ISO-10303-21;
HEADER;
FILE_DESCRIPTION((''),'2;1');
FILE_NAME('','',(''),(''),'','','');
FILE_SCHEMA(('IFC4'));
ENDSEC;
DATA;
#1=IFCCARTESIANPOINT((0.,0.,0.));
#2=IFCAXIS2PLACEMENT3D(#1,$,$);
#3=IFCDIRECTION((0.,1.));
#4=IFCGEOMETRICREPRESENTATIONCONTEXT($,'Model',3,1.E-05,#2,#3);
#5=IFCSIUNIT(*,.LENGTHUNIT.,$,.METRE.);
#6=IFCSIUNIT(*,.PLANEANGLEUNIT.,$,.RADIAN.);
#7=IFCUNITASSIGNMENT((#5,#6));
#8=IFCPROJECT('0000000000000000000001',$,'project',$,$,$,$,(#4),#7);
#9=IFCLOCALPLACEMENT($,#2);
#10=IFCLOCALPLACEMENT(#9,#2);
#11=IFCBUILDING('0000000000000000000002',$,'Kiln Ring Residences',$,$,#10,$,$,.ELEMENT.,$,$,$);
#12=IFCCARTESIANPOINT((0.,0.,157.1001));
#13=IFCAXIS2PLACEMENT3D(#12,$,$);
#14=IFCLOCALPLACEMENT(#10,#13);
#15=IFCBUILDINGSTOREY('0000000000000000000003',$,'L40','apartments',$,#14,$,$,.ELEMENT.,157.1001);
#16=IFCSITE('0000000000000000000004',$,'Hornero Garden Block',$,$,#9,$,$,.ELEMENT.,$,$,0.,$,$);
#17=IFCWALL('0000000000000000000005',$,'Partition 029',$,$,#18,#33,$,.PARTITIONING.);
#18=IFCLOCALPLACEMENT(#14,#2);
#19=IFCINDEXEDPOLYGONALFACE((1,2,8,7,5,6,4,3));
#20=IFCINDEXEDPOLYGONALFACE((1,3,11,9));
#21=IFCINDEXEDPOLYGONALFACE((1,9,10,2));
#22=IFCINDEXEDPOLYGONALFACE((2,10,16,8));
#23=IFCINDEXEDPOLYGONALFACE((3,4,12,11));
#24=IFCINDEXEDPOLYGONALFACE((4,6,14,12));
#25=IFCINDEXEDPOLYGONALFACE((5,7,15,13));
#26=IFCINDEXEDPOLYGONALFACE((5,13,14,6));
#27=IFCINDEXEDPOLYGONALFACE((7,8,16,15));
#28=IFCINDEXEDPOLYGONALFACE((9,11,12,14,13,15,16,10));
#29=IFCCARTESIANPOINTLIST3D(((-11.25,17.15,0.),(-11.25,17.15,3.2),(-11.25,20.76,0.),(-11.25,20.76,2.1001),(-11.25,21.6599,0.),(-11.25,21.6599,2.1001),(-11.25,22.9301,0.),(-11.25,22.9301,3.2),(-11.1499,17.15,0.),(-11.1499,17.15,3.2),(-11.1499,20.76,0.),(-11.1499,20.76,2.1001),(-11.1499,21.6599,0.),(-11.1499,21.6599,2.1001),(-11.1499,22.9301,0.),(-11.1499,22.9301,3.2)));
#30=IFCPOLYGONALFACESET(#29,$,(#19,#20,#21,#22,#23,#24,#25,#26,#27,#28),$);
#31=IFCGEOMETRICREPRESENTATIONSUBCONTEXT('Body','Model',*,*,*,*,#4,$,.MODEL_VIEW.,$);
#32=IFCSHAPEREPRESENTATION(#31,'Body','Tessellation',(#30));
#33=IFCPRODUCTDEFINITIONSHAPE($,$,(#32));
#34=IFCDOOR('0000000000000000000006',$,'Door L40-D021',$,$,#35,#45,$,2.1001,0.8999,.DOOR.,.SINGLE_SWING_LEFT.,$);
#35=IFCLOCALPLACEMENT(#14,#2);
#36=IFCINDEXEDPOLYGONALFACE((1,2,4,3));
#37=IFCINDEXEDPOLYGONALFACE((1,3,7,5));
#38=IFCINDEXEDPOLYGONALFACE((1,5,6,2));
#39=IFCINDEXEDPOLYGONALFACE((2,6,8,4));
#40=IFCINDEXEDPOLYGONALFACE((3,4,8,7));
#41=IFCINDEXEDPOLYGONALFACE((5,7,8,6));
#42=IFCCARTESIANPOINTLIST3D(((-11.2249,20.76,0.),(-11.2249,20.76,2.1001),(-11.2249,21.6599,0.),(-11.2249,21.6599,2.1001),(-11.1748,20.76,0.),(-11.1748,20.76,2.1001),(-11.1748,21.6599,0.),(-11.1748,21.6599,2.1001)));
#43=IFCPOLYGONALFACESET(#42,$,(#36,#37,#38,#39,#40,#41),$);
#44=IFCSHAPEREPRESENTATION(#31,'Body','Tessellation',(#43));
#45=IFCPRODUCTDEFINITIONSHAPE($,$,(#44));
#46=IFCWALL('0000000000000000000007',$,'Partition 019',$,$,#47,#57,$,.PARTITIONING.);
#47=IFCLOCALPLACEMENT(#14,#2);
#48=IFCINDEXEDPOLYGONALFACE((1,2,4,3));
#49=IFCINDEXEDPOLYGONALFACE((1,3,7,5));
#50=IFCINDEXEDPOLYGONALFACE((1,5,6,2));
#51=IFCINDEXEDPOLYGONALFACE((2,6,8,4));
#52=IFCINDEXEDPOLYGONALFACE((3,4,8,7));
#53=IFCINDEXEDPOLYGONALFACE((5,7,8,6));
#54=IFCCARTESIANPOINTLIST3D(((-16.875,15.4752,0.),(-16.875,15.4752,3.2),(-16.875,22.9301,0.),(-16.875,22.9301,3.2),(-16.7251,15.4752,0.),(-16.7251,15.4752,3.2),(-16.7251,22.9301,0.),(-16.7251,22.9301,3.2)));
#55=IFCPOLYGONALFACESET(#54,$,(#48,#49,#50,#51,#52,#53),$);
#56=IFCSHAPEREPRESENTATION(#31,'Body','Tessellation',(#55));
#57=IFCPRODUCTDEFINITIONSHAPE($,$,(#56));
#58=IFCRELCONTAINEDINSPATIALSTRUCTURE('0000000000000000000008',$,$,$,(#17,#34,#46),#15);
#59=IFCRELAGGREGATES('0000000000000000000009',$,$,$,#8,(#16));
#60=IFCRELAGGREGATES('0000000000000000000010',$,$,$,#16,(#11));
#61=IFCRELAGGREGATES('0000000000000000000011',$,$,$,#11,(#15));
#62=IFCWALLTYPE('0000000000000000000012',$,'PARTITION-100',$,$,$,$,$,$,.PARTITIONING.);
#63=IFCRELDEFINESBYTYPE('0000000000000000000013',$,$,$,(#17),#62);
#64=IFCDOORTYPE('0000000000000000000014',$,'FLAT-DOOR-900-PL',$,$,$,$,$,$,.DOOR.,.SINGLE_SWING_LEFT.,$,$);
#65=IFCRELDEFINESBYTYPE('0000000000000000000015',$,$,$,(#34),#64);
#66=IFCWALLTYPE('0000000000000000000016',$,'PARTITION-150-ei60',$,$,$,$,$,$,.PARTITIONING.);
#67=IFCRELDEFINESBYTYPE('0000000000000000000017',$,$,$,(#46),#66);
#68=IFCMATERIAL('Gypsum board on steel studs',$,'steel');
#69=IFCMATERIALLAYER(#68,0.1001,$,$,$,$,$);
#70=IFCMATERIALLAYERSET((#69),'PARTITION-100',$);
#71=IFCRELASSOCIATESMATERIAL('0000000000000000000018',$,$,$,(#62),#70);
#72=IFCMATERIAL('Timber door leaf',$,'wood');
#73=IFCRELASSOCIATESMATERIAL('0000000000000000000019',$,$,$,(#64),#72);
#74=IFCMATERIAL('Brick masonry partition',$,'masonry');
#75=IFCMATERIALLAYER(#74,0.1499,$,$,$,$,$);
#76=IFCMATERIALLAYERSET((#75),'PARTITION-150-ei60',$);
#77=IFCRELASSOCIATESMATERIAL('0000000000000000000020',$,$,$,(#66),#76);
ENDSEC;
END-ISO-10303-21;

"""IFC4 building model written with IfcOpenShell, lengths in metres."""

from ifc_helpers import new_model, si_unit, direction, frame, frame_2d, origin, place, context, subcontext, project, spatial, rectangle, extrude, material, layer, layer_set, type_object, element, fill, save


model = new_model("IFC4")

# Units and contexts
model_context = context("Model", 3, precision=1e-05, world=origin(), true_north=direction((0.0, 1.0)))
body_context = subcontext(model_context, "Body", "Model", "MODEL_VIEW")
ifc_project = project(units=[si_unit("LENGTHUNIT", "METRE"), si_unit("PLANEANGLEUNIT", "RADIAN")], contexts=[model_context])

# Site, building, storey
site_placement = place(None, origin())
site = spatial("IfcSite", under=ifc_project, at=site_placement, Name="Hornero Garden Block", CompositionType="ELEMENT", RefElevation=0.0)
building_placement = place(site_placement, origin())
building = spatial("IfcBuilding", under=site, at=building_placement, Name="Kiln Ring Residences", CompositionType="ELEMENT")
storey_placement = place(building_placement, frame((0.0, 0.0, 157.1001)))
storey = spatial("IfcBuildingStorey", under=building, at=storey_placement, Name="L40", Description="apartments", CompositionType="ELEMENT", Elevation=157.1001)

# Shared definitions
ifc_material_1 = material(Name="Gypsum board on steel studs", Category="steel")
ifc_layer_1 = layer(ifc_material_1, 0.1001)
ifc_layer_set_1 = layer_set([ifc_layer_1], Name="PARTITION-100")
wall_type_1 = type_object("IfcWallType", Name="PARTITION-100", PredefinedType="PARTITIONING", material=ifc_layer_set_1)
ifc_material_2 = material(Name="Timber door leaf", Category="wood")
door_type_1 = type_object("IfcDoorType", Name="FLAT-DOOR-900-PL", OperationType="SINGLE_SWING_LEFT", PredefinedType="DOOR", material=ifc_material_2)

# Wall, opening, door
wall_1_placement = place(storey_placement, frame((-11.2, 17.1499, 0.0), z_axis=(0.0, 0.0, 1.0), x_axis=(0.0, 1.0, 0.0)))
wall_1 = element("IfcWall", 1, at=wall_1_placement, inside=storey, type_object=wall_type_1, Name="Partition 029", PredefinedType="PARTITIONING", context=body_context, shape_type="SweptSolid", body=[
    extrude(rectangle(XDim=5.78, YDim=0.1001, at=frame_2d((2.8901, 0.0))), origin(), (0.0, 0.0, 1.0), 3.2),
])
opening_1_placement = place(wall_1_placement, frame((3.6101, 0.0, 0.0)))
opening_1 = element("IfcOpeningElement", 2, at=opening_1_placement, cuts=wall_1, PredefinedType="OPENING", context=body_context, shape_type="SweptSolid", body=[
    extrude(rectangle(XDim=0.8999, YDim=2.1001, at=frame_2d((0.45, 1.05))), frame((0.0, 0.0601, 0.0), z_axis=(0.0, -1.0, 0.0), x_axis=(1.0, 0.0, 0.0)), (0.0, 0.0, 1.0), 0.1201),
])
door_1_placement = place(opening_1_placement, origin())
door_1 = element("IfcDoor", 3, at=door_1_placement, inside=storey, type_object=door_type_1, Name="Door L40-D021", OperationType="SINGLE_SWING_LEFT", OverallHeight=2.1001, OverallWidth=0.8999, PredefinedType="DOOR", context=body_context, shape_type="SweptSolid", body=[
    extrude(rectangle(XDim=0.8999, YDim=2.1001, at=frame_2d((0.45, 1.05))), frame((0.0, 0.0249, 0.0), z_axis=(0.0, -1.0, 0.0), x_axis=(1.0, 0.0, 0.0)), (0.0, 0.0, 1.0), 0.05),
])
fill(opening_1, door_1)

# Wall
ifc_material_3 = material(Name="Brick masonry partition", Category="masonry")
ifc_layer_2 = layer(ifc_material_3, 0.1499)
ifc_layer_set_2 = layer_set([ifc_layer_2], Name="PARTITION-150-ei60")
wall_type_2 = type_object("IfcWallType", Name="PARTITION-150-ei60", PredefinedType="PARTITIONING", material=ifc_layer_set_2)
wall_2_placement = place(storey_placement, frame((-16.8, 15.4751, 0.0), z_axis=(0.0, 0.0, 1.0), x_axis=(0.0, 1.0, 0.0)))
element("IfcWall", 4, at=wall_2_placement, inside=storey, type_object=wall_type_2, Name="Partition 019", PredefinedType="PARTITIONING", context=body_context, shape_type="SweptSolid", body=[
    extrude(rectangle(XDim=7.4548, YDim=0.1499, at=frame_2d((3.7275, 0.0))), origin(), (0.0, 0.0, 1.0), 3.2),
])

save(model, "model.ifc")
